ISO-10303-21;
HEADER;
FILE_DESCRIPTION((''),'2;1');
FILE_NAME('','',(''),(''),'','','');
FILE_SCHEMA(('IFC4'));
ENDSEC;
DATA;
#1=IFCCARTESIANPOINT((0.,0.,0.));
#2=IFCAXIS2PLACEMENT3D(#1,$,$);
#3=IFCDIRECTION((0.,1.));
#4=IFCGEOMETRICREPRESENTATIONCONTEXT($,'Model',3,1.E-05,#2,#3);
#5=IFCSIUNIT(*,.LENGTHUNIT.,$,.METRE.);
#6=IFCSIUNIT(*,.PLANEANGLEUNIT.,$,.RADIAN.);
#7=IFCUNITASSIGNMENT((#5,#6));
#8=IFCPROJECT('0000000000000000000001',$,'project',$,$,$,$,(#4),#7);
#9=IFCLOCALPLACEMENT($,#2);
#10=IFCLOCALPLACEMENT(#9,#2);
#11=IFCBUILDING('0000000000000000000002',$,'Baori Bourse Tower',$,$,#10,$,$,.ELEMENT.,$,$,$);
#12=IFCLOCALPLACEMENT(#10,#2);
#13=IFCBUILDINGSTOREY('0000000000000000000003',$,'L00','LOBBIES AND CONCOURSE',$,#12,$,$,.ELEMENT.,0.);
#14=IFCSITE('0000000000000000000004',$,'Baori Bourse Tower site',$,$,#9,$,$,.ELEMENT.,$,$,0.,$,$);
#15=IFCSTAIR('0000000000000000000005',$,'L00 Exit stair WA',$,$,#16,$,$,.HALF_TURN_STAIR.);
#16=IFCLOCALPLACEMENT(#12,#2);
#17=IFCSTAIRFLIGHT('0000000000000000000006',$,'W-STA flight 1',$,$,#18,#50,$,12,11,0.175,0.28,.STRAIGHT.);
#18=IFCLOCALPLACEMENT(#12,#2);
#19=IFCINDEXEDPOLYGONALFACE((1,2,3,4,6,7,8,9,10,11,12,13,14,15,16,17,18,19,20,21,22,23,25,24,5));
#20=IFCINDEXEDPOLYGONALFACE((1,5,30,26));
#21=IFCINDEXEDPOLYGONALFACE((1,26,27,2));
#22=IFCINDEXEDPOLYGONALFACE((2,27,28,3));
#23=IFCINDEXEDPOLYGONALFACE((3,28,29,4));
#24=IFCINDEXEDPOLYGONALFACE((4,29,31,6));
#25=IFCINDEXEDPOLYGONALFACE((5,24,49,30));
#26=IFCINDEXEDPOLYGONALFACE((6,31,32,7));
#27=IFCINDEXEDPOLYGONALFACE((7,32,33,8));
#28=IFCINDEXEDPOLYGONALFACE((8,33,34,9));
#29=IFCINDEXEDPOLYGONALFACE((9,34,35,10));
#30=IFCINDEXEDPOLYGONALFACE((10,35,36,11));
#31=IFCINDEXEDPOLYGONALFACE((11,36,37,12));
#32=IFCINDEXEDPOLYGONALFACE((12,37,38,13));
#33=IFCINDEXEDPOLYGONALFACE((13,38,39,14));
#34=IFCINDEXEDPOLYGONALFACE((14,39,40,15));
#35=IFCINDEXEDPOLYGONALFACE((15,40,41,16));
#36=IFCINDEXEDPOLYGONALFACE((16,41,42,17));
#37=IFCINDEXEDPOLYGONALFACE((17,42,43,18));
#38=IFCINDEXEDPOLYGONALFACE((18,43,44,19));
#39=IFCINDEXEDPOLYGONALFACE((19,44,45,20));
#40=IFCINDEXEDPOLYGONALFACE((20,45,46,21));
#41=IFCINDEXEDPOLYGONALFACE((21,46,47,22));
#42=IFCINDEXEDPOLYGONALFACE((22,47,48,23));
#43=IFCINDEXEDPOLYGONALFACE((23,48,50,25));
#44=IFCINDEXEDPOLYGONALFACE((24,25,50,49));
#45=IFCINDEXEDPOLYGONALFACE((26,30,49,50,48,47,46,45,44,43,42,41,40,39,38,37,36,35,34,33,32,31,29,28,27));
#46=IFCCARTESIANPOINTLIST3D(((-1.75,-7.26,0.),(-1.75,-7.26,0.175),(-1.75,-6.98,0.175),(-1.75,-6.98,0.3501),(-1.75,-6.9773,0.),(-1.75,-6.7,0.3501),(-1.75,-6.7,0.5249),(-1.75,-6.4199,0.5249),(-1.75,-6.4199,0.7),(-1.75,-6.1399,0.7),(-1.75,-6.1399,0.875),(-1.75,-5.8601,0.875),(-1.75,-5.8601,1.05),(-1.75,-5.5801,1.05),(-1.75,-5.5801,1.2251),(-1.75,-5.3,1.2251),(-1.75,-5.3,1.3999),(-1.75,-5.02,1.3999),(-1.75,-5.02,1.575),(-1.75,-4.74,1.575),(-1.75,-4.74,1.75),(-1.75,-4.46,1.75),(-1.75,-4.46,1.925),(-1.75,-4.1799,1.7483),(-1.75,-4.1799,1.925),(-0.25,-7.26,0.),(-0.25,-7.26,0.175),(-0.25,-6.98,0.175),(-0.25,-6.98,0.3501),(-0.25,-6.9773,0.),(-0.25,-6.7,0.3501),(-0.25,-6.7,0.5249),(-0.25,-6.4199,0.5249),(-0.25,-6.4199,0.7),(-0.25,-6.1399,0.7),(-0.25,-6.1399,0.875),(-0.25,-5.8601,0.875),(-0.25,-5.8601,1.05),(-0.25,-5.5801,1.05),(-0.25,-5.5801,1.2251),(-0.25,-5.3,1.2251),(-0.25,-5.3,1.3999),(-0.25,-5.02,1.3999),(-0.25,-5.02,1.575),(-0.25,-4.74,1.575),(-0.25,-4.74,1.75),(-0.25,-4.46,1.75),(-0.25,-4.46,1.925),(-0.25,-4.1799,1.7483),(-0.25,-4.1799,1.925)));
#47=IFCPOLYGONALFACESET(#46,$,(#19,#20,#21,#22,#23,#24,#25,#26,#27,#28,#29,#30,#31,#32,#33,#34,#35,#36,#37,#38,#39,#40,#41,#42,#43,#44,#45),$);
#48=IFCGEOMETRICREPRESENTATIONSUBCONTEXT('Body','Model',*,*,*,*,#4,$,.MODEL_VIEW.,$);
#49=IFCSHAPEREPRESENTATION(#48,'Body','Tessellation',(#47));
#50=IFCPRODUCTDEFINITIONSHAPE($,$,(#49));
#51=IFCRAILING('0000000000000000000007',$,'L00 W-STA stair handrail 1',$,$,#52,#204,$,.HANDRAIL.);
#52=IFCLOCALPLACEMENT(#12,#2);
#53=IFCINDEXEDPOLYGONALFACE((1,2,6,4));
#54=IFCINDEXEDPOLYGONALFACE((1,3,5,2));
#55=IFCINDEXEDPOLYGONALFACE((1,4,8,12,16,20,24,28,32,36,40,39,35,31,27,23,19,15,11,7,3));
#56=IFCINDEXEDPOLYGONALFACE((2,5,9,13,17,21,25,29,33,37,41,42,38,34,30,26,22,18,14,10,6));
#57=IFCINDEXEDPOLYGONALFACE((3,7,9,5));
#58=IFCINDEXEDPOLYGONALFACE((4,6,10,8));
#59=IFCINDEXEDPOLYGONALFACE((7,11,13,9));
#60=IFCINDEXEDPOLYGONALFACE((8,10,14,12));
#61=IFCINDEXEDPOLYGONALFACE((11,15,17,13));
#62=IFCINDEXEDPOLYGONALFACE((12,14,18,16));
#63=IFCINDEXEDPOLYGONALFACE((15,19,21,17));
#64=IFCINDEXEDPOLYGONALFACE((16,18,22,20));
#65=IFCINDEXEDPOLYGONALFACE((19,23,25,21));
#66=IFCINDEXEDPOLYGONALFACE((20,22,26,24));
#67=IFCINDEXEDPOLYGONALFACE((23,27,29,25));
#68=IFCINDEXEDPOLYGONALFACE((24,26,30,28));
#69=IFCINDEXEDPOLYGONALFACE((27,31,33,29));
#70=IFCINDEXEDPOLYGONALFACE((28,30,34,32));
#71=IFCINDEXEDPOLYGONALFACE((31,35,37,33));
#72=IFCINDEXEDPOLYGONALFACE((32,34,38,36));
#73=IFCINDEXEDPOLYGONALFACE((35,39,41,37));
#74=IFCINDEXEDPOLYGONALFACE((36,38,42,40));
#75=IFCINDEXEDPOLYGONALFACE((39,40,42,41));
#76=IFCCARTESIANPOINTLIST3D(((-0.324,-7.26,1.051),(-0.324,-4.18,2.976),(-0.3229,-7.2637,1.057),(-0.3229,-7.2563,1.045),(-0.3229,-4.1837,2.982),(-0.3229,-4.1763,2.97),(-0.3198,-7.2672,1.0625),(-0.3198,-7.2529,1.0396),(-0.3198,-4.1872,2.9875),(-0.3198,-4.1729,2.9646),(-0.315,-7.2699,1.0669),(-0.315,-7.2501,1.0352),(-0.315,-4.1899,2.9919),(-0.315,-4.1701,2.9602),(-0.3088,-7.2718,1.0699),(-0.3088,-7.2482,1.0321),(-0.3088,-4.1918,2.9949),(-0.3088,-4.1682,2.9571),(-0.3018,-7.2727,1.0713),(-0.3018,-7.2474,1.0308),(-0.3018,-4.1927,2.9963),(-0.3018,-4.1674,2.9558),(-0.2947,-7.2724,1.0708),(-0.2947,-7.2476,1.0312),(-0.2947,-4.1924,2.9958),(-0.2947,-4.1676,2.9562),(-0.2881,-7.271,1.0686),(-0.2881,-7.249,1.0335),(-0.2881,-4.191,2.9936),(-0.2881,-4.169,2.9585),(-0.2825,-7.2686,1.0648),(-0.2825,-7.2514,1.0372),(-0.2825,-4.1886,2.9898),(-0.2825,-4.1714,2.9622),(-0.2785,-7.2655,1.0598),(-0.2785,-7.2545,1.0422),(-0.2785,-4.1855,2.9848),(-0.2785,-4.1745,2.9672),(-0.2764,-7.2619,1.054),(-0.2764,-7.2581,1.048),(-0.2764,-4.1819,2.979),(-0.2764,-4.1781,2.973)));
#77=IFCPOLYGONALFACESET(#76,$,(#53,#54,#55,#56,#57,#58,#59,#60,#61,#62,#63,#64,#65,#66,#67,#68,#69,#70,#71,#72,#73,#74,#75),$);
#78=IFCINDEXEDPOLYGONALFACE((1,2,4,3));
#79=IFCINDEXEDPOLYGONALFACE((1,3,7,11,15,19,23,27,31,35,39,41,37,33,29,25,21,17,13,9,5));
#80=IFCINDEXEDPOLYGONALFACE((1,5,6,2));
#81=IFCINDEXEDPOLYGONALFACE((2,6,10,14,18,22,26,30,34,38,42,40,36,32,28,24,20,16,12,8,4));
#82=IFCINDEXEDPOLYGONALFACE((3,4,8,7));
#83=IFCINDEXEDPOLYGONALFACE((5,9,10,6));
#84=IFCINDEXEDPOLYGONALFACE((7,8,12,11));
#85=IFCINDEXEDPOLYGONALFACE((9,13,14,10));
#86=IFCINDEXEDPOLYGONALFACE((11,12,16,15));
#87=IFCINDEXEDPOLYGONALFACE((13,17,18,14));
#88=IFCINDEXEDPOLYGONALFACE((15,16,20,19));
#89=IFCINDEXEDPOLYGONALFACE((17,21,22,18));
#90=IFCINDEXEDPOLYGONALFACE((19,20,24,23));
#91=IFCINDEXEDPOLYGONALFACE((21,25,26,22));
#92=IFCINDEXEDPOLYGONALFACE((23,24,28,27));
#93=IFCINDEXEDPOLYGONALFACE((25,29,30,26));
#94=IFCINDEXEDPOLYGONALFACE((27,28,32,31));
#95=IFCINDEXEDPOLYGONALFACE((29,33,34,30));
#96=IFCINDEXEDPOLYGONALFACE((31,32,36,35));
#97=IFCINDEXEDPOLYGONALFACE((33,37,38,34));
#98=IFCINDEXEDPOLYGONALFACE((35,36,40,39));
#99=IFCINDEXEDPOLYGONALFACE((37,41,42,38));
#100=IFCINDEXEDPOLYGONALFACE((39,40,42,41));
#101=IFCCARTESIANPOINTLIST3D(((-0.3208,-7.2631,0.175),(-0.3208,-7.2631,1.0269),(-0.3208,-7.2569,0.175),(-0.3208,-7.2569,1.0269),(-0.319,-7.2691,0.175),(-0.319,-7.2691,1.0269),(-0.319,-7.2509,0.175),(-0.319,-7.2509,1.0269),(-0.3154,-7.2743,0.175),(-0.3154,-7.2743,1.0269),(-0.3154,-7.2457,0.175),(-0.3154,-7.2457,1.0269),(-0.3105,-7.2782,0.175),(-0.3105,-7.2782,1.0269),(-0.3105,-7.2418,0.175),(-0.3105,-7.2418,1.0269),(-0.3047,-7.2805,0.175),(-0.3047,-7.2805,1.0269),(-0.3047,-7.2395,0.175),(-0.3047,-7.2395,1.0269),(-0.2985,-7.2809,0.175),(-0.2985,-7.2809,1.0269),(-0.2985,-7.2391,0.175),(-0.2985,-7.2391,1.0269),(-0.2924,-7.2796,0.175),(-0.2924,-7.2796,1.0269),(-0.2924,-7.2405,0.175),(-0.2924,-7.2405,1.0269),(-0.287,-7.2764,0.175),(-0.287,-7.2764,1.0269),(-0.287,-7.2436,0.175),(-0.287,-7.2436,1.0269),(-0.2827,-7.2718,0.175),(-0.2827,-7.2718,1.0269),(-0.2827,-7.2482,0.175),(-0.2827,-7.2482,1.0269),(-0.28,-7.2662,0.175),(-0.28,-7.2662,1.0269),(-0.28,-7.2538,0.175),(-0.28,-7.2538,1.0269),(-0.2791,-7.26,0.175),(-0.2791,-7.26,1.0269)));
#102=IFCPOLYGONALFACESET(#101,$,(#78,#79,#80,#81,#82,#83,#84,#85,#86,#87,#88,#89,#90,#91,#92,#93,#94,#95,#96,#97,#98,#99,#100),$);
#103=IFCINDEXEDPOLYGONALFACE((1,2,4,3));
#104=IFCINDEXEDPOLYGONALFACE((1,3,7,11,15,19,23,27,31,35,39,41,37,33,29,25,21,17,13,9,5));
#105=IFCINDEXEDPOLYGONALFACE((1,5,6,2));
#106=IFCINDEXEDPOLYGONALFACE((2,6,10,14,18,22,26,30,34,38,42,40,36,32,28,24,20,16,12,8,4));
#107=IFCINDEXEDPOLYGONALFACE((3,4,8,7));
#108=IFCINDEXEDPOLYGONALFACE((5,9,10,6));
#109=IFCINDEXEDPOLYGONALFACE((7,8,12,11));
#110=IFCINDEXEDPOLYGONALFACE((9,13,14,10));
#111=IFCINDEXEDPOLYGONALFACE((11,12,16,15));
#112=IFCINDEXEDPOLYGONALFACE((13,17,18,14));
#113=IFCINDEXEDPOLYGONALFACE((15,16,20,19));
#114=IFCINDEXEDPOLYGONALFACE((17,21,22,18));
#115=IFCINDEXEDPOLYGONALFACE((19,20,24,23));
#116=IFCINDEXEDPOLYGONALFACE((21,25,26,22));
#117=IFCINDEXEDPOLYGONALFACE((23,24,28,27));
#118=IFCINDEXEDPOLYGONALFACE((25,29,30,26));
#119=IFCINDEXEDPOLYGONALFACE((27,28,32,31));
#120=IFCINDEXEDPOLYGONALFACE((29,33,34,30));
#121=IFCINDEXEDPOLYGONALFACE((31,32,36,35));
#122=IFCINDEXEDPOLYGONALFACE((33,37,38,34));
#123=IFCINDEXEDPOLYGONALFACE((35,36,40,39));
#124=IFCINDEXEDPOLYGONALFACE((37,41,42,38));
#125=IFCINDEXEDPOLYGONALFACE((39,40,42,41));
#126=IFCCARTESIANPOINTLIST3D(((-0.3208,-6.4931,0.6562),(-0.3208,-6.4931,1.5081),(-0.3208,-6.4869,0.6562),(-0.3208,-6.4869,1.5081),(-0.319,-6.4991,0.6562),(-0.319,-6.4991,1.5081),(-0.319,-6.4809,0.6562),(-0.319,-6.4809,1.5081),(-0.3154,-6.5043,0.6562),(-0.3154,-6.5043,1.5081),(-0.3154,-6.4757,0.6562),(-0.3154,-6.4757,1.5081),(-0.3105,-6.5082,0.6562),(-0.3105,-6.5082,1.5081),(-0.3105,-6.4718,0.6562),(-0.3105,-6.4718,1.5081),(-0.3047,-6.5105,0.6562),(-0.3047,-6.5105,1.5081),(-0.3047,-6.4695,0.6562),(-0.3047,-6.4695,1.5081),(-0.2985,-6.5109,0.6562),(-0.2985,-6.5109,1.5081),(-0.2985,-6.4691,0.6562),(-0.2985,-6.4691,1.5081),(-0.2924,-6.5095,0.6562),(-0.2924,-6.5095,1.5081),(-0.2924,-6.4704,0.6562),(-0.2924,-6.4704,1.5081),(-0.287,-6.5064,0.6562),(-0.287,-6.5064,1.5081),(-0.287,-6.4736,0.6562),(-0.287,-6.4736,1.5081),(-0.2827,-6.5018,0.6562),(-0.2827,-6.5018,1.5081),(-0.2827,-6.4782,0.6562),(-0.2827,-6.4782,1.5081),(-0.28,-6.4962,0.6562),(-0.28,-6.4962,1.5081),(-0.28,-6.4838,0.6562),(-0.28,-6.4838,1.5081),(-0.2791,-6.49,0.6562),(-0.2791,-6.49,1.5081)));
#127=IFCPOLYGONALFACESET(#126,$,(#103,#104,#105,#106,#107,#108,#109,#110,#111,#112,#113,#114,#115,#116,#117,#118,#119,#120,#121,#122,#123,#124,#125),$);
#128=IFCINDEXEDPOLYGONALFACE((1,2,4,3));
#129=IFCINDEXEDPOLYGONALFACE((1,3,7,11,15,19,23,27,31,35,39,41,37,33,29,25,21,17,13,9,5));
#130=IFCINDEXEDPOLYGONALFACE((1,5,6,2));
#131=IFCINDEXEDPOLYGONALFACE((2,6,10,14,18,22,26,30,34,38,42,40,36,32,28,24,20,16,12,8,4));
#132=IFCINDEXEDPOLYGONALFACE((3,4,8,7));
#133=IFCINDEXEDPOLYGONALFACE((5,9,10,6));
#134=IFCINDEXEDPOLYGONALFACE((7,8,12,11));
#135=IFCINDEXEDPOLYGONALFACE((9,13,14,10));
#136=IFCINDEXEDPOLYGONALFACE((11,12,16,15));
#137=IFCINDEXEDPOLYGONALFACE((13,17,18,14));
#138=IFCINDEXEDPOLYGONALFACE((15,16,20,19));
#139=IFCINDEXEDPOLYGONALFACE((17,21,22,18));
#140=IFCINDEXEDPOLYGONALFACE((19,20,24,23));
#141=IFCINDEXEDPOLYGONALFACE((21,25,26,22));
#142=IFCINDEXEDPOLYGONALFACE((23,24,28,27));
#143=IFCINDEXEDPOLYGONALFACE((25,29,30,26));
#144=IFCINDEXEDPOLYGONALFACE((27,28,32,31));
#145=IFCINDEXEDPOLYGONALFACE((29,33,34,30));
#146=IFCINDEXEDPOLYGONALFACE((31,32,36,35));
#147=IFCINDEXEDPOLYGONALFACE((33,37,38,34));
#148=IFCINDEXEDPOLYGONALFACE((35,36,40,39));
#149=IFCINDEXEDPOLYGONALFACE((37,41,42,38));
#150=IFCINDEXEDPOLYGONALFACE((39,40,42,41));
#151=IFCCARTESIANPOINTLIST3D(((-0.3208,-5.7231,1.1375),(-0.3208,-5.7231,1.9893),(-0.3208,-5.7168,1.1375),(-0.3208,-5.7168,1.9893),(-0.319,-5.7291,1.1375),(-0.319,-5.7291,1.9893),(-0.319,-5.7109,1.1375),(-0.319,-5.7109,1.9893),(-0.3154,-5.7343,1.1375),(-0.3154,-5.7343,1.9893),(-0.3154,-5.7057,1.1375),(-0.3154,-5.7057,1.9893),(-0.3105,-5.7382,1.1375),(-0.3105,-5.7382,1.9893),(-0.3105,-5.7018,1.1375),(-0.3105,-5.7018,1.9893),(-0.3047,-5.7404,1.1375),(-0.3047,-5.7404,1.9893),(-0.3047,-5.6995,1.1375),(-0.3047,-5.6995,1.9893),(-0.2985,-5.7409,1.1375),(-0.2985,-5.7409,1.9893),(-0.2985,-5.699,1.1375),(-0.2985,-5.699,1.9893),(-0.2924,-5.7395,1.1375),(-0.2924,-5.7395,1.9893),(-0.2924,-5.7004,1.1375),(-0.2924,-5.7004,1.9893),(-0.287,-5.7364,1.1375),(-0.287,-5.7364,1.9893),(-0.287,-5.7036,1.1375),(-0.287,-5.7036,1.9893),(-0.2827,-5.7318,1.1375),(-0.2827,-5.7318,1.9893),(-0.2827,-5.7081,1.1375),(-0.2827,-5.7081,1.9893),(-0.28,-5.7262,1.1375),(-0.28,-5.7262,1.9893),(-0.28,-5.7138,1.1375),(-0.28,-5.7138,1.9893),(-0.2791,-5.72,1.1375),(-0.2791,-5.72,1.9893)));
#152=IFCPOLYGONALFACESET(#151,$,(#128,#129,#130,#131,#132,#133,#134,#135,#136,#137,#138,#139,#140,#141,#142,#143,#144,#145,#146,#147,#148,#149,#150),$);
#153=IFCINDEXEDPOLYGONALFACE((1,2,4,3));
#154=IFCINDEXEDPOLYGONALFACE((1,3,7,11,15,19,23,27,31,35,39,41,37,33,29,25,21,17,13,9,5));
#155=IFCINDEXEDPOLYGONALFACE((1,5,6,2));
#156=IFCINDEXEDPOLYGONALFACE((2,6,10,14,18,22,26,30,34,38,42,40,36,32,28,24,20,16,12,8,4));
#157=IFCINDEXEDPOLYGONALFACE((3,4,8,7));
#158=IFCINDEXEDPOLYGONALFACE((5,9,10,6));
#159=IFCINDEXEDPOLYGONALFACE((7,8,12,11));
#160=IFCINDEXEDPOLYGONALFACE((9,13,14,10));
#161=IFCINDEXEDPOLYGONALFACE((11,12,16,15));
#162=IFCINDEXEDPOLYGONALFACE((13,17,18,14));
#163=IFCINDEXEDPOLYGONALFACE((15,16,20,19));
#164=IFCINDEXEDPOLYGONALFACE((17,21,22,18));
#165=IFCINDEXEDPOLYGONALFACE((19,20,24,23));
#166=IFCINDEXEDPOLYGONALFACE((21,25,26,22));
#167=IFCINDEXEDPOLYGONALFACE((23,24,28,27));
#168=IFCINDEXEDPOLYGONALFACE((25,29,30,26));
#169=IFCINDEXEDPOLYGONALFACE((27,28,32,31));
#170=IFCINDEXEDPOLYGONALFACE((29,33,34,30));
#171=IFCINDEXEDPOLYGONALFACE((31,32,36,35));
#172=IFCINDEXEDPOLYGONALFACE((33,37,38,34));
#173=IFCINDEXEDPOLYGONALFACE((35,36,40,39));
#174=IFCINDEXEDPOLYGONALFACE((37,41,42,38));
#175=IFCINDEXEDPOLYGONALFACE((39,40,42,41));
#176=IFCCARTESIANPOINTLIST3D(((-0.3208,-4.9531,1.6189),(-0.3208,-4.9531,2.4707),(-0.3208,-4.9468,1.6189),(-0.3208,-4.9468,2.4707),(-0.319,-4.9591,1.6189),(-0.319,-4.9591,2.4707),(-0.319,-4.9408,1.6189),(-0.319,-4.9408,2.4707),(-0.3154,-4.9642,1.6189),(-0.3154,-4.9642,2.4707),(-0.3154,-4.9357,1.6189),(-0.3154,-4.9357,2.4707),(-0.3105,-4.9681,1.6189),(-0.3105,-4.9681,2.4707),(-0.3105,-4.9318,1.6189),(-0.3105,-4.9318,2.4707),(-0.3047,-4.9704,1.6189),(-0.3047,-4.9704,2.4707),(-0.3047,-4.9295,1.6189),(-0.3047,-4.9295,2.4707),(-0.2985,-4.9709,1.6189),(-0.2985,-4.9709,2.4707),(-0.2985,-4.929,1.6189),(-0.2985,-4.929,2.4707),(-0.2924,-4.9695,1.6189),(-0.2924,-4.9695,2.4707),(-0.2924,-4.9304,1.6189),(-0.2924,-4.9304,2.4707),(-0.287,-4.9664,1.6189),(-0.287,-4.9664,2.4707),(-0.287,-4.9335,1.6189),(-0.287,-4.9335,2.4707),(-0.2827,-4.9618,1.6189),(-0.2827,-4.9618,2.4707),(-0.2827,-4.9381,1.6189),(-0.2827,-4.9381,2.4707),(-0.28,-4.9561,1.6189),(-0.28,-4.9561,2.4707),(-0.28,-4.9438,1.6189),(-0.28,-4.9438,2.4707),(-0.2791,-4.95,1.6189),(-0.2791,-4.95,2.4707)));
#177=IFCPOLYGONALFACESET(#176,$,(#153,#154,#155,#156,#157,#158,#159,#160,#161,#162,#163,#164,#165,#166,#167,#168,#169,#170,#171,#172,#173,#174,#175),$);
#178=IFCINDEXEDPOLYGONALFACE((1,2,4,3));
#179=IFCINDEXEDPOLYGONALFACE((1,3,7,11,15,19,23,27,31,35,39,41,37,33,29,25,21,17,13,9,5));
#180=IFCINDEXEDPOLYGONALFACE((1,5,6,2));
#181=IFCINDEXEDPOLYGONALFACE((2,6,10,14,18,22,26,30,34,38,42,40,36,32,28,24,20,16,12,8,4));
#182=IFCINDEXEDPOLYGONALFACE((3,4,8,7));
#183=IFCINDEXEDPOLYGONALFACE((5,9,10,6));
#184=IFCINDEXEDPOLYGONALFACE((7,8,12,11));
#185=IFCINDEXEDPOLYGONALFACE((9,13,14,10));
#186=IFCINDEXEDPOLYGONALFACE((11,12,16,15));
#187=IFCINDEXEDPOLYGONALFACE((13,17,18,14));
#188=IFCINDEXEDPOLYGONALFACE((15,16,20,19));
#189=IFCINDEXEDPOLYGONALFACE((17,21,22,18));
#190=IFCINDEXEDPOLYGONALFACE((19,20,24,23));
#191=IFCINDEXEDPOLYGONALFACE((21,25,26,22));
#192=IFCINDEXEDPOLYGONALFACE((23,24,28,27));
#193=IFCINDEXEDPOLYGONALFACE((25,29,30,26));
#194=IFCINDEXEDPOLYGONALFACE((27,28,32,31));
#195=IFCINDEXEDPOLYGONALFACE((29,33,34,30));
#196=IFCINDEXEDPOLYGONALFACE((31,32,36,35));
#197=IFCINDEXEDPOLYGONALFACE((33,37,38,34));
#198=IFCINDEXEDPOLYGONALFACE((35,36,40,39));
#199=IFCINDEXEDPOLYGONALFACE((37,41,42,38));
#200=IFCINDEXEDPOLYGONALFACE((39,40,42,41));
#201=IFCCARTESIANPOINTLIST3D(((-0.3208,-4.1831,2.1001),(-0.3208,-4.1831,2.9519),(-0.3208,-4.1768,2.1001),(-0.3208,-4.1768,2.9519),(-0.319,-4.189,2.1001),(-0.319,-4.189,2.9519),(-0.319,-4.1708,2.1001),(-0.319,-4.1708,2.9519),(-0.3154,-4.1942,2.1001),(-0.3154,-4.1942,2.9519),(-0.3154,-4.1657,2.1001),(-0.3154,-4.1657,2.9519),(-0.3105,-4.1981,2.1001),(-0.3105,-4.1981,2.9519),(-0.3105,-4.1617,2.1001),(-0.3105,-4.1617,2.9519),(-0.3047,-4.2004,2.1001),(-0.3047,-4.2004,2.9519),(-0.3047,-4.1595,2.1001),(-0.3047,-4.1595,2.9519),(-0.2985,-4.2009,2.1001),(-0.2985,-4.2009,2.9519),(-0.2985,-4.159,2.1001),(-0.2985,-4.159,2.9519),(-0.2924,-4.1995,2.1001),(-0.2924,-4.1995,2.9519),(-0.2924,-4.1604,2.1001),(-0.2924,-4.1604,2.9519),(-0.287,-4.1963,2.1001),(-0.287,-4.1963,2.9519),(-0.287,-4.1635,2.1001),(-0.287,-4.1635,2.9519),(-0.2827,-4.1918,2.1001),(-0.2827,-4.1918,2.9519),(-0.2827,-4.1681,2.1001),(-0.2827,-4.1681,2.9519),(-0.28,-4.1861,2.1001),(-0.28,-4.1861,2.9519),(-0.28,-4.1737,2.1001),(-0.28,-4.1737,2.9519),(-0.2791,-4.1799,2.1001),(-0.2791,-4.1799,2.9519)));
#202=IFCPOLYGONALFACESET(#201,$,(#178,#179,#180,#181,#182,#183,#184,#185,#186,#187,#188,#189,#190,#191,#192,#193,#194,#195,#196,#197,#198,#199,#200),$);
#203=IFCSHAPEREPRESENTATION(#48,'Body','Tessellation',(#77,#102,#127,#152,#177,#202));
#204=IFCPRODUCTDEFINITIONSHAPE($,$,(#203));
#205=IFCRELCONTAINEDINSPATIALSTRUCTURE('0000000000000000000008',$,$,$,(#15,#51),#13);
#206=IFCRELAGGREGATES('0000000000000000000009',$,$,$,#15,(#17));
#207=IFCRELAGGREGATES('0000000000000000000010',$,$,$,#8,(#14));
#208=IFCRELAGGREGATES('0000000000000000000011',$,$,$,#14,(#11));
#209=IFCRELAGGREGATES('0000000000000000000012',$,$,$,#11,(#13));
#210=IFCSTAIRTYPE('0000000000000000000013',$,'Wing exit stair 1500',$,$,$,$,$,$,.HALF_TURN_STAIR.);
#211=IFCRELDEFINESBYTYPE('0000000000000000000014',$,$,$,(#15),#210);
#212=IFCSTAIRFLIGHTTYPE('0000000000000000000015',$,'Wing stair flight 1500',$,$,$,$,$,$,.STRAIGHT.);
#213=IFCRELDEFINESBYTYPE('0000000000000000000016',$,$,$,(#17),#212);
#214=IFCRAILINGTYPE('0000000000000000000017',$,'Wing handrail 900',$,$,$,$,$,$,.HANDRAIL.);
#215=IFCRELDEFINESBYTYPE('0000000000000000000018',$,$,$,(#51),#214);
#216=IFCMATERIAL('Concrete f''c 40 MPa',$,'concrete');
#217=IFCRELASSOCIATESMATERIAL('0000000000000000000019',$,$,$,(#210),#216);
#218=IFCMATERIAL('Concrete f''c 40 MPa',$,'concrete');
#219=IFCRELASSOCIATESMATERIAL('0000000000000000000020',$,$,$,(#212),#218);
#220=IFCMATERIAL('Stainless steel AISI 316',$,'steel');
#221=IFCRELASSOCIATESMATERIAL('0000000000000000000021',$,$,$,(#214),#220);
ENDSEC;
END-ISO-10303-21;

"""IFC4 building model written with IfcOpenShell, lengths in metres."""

from ifc_helpers import new_model, si_unit, direction, frame, origin, origin_2d, place, context, subcontext, project, spatial, polyline, circle, outline, extrude, material, type_object, element, aggregate, save


model = new_model("IFC4")

# Units and contexts
model_context = context("Model", 3, precision=1e-05, world=origin(), true_north=direction((0.0, 1.0)))
body_context = subcontext(model_context, "Body", "Model", "MODEL_VIEW")
ifc_project = project(units=[si_unit("LENGTHUNIT", "METRE"), si_unit("PLANEANGLEUNIT", "RADIAN")], contexts=[model_context])

# Site, building, storey
site_placement = place(None, origin())
site = spatial("IfcSite", under=ifc_project, at=site_placement, Name="Baori Bourse Tower site", CompositionType="ELEMENT", RefElevation=0.0)
building_placement = place(site_placement, origin())
building = spatial("IfcBuilding", under=site, at=building_placement, Name="Baori Bourse Tower", CompositionType="ELEMENT")
storey_placement = place(building_placement, origin())
storey = spatial("IfcBuildingStorey", under=building, at=storey_placement, Name="L00", Description="LOBBIES AND CONCOURSE", CompositionType="ELEMENT", Elevation=0.0)

# Stair, stair flight
ifc_material_1 = material(Name="Concrete f'c 40 MPa", Category="concrete")
stair_type = type_object("IfcStairType", Name="Wing exit stair 1500", PredefinedType="HALF_TURN_STAIR", material=ifc_material_1)
stair_placement = place(storey_placement, origin())
stair = element("IfcStair", 1, at=stair_placement, inside=storey, type_object=stair_type, Name="L00 Exit stair WA", PredefinedType="HALF_TURN_STAIR")
ifc_material_2 = material(Name="Concrete f'c 40 MPa", Category="concrete")
stair_flight_type = type_object("IfcStairFlightType", Name="Wing stair flight 1500", PredefinedType="STRAIGHT", material=ifc_material_2)
stair_flight_placement = place(storey_placement, frame((-1.0, -7.26, 0.0), z_axis=(0.0, 0.0, 1.0), x_axis=(0.0, 1.0, 0.0)))
stair_flight = element("IfcStairFlight", 2, at=stair_flight_placement, type_object=stair_flight_type, Name="W-STA flight 1", NumberOfRisers=12, NumberOfTreads=11, PredefinedType="STRAIGHT", RiserHeight=0.175, TreadLength=0.28, context=body_context, shape_type="SweptSolid", body=[
    extrude(outline(polyline([(0.0, 0.0), (0.0, 0.175), (0.28, 0.175), (0.28, 0.3501), (0.5601, 0.3501), (0.5601, 0.5249), (0.8401, 0.5249), (0.8401, 0.7), (1.1201, 0.7), (1.1201, 0.875), (1.3999, 0.875), (1.3999, 1.05), (1.6799, 1.05), (1.6799, 1.2251), (1.96, 1.2251), (1.96, 1.3999), (2.24, 1.3999), (2.24, 1.575), (2.52, 1.575), (2.52, 1.75), (2.8, 1.75), (2.8, 1.925), (3.0801, 1.925), (3.0801, 2.1001), (3.0801, 1.7483), (0.2827, 0.0), (0.0, 0.0)])), frame((0.0, 0.75, 0.0), z_axis=(0.0, -1.0, 0.0), x_axis=(1.0, 0.0, 0.0)), (0.0, 0.0, 1.0), 1.5),
])
aggregate(stair, [stair_flight])

# Railing
ifc_material_3 = material(Name="Stainless steel AISI 316", Category="steel")
railing_type = type_object("IfcRailingType", Name="Wing handrail 900", PredefinedType="HANDRAIL", material=ifc_material_3)
for number, where, name in (
    (3, (-0.3, -7.26, 0.175), "L00 W-STA stair handrail 1"),
):
    element("IfcRailing", number, at=place(storey_placement, frame(where)), inside=storey, type_object=railing_type, Name=name, PredefinedType="HANDRAIL", context=body_context, shape_type="SweptSolid", body=[
        extrude(circle(Radius=0.0239, at=origin_2d()), frame((0.0, 0.0, 0.876), z_axis=(0.0, 0.847998, 0.529999), x_axis=(-1.0, 0.0, 0.0)), (0.0, 0.0, 1.0), 3.6321),
        extrude(circle(Radius=0.021, at=origin_2d()), origin(), (0.0, 0.0, 1.0), 0.8518),
        extrude(circle(Radius=0.021, at=origin_2d()), frame((0.0, 0.77, 0.4812)), (0.0, 0.0, 1.0), 0.8518),
        extrude(circle(Radius=0.021, at=origin_2d()), frame((0.0, 1.54, 0.9624)), (0.0, 0.0, 1.0), 0.8518),
        extrude(circle(Radius=0.021, at=origin_2d()), frame((0.0, 2.3101, 1.4438)), (0.0, 0.0, 1.0), 0.8518),
        extrude(circle(Radius=0.021, at=origin_2d()), frame((0.0, 3.0801, 1.925)), (0.0, 0.0, 1.0), 0.8518),
    ])

save(model, "model.ifc")
